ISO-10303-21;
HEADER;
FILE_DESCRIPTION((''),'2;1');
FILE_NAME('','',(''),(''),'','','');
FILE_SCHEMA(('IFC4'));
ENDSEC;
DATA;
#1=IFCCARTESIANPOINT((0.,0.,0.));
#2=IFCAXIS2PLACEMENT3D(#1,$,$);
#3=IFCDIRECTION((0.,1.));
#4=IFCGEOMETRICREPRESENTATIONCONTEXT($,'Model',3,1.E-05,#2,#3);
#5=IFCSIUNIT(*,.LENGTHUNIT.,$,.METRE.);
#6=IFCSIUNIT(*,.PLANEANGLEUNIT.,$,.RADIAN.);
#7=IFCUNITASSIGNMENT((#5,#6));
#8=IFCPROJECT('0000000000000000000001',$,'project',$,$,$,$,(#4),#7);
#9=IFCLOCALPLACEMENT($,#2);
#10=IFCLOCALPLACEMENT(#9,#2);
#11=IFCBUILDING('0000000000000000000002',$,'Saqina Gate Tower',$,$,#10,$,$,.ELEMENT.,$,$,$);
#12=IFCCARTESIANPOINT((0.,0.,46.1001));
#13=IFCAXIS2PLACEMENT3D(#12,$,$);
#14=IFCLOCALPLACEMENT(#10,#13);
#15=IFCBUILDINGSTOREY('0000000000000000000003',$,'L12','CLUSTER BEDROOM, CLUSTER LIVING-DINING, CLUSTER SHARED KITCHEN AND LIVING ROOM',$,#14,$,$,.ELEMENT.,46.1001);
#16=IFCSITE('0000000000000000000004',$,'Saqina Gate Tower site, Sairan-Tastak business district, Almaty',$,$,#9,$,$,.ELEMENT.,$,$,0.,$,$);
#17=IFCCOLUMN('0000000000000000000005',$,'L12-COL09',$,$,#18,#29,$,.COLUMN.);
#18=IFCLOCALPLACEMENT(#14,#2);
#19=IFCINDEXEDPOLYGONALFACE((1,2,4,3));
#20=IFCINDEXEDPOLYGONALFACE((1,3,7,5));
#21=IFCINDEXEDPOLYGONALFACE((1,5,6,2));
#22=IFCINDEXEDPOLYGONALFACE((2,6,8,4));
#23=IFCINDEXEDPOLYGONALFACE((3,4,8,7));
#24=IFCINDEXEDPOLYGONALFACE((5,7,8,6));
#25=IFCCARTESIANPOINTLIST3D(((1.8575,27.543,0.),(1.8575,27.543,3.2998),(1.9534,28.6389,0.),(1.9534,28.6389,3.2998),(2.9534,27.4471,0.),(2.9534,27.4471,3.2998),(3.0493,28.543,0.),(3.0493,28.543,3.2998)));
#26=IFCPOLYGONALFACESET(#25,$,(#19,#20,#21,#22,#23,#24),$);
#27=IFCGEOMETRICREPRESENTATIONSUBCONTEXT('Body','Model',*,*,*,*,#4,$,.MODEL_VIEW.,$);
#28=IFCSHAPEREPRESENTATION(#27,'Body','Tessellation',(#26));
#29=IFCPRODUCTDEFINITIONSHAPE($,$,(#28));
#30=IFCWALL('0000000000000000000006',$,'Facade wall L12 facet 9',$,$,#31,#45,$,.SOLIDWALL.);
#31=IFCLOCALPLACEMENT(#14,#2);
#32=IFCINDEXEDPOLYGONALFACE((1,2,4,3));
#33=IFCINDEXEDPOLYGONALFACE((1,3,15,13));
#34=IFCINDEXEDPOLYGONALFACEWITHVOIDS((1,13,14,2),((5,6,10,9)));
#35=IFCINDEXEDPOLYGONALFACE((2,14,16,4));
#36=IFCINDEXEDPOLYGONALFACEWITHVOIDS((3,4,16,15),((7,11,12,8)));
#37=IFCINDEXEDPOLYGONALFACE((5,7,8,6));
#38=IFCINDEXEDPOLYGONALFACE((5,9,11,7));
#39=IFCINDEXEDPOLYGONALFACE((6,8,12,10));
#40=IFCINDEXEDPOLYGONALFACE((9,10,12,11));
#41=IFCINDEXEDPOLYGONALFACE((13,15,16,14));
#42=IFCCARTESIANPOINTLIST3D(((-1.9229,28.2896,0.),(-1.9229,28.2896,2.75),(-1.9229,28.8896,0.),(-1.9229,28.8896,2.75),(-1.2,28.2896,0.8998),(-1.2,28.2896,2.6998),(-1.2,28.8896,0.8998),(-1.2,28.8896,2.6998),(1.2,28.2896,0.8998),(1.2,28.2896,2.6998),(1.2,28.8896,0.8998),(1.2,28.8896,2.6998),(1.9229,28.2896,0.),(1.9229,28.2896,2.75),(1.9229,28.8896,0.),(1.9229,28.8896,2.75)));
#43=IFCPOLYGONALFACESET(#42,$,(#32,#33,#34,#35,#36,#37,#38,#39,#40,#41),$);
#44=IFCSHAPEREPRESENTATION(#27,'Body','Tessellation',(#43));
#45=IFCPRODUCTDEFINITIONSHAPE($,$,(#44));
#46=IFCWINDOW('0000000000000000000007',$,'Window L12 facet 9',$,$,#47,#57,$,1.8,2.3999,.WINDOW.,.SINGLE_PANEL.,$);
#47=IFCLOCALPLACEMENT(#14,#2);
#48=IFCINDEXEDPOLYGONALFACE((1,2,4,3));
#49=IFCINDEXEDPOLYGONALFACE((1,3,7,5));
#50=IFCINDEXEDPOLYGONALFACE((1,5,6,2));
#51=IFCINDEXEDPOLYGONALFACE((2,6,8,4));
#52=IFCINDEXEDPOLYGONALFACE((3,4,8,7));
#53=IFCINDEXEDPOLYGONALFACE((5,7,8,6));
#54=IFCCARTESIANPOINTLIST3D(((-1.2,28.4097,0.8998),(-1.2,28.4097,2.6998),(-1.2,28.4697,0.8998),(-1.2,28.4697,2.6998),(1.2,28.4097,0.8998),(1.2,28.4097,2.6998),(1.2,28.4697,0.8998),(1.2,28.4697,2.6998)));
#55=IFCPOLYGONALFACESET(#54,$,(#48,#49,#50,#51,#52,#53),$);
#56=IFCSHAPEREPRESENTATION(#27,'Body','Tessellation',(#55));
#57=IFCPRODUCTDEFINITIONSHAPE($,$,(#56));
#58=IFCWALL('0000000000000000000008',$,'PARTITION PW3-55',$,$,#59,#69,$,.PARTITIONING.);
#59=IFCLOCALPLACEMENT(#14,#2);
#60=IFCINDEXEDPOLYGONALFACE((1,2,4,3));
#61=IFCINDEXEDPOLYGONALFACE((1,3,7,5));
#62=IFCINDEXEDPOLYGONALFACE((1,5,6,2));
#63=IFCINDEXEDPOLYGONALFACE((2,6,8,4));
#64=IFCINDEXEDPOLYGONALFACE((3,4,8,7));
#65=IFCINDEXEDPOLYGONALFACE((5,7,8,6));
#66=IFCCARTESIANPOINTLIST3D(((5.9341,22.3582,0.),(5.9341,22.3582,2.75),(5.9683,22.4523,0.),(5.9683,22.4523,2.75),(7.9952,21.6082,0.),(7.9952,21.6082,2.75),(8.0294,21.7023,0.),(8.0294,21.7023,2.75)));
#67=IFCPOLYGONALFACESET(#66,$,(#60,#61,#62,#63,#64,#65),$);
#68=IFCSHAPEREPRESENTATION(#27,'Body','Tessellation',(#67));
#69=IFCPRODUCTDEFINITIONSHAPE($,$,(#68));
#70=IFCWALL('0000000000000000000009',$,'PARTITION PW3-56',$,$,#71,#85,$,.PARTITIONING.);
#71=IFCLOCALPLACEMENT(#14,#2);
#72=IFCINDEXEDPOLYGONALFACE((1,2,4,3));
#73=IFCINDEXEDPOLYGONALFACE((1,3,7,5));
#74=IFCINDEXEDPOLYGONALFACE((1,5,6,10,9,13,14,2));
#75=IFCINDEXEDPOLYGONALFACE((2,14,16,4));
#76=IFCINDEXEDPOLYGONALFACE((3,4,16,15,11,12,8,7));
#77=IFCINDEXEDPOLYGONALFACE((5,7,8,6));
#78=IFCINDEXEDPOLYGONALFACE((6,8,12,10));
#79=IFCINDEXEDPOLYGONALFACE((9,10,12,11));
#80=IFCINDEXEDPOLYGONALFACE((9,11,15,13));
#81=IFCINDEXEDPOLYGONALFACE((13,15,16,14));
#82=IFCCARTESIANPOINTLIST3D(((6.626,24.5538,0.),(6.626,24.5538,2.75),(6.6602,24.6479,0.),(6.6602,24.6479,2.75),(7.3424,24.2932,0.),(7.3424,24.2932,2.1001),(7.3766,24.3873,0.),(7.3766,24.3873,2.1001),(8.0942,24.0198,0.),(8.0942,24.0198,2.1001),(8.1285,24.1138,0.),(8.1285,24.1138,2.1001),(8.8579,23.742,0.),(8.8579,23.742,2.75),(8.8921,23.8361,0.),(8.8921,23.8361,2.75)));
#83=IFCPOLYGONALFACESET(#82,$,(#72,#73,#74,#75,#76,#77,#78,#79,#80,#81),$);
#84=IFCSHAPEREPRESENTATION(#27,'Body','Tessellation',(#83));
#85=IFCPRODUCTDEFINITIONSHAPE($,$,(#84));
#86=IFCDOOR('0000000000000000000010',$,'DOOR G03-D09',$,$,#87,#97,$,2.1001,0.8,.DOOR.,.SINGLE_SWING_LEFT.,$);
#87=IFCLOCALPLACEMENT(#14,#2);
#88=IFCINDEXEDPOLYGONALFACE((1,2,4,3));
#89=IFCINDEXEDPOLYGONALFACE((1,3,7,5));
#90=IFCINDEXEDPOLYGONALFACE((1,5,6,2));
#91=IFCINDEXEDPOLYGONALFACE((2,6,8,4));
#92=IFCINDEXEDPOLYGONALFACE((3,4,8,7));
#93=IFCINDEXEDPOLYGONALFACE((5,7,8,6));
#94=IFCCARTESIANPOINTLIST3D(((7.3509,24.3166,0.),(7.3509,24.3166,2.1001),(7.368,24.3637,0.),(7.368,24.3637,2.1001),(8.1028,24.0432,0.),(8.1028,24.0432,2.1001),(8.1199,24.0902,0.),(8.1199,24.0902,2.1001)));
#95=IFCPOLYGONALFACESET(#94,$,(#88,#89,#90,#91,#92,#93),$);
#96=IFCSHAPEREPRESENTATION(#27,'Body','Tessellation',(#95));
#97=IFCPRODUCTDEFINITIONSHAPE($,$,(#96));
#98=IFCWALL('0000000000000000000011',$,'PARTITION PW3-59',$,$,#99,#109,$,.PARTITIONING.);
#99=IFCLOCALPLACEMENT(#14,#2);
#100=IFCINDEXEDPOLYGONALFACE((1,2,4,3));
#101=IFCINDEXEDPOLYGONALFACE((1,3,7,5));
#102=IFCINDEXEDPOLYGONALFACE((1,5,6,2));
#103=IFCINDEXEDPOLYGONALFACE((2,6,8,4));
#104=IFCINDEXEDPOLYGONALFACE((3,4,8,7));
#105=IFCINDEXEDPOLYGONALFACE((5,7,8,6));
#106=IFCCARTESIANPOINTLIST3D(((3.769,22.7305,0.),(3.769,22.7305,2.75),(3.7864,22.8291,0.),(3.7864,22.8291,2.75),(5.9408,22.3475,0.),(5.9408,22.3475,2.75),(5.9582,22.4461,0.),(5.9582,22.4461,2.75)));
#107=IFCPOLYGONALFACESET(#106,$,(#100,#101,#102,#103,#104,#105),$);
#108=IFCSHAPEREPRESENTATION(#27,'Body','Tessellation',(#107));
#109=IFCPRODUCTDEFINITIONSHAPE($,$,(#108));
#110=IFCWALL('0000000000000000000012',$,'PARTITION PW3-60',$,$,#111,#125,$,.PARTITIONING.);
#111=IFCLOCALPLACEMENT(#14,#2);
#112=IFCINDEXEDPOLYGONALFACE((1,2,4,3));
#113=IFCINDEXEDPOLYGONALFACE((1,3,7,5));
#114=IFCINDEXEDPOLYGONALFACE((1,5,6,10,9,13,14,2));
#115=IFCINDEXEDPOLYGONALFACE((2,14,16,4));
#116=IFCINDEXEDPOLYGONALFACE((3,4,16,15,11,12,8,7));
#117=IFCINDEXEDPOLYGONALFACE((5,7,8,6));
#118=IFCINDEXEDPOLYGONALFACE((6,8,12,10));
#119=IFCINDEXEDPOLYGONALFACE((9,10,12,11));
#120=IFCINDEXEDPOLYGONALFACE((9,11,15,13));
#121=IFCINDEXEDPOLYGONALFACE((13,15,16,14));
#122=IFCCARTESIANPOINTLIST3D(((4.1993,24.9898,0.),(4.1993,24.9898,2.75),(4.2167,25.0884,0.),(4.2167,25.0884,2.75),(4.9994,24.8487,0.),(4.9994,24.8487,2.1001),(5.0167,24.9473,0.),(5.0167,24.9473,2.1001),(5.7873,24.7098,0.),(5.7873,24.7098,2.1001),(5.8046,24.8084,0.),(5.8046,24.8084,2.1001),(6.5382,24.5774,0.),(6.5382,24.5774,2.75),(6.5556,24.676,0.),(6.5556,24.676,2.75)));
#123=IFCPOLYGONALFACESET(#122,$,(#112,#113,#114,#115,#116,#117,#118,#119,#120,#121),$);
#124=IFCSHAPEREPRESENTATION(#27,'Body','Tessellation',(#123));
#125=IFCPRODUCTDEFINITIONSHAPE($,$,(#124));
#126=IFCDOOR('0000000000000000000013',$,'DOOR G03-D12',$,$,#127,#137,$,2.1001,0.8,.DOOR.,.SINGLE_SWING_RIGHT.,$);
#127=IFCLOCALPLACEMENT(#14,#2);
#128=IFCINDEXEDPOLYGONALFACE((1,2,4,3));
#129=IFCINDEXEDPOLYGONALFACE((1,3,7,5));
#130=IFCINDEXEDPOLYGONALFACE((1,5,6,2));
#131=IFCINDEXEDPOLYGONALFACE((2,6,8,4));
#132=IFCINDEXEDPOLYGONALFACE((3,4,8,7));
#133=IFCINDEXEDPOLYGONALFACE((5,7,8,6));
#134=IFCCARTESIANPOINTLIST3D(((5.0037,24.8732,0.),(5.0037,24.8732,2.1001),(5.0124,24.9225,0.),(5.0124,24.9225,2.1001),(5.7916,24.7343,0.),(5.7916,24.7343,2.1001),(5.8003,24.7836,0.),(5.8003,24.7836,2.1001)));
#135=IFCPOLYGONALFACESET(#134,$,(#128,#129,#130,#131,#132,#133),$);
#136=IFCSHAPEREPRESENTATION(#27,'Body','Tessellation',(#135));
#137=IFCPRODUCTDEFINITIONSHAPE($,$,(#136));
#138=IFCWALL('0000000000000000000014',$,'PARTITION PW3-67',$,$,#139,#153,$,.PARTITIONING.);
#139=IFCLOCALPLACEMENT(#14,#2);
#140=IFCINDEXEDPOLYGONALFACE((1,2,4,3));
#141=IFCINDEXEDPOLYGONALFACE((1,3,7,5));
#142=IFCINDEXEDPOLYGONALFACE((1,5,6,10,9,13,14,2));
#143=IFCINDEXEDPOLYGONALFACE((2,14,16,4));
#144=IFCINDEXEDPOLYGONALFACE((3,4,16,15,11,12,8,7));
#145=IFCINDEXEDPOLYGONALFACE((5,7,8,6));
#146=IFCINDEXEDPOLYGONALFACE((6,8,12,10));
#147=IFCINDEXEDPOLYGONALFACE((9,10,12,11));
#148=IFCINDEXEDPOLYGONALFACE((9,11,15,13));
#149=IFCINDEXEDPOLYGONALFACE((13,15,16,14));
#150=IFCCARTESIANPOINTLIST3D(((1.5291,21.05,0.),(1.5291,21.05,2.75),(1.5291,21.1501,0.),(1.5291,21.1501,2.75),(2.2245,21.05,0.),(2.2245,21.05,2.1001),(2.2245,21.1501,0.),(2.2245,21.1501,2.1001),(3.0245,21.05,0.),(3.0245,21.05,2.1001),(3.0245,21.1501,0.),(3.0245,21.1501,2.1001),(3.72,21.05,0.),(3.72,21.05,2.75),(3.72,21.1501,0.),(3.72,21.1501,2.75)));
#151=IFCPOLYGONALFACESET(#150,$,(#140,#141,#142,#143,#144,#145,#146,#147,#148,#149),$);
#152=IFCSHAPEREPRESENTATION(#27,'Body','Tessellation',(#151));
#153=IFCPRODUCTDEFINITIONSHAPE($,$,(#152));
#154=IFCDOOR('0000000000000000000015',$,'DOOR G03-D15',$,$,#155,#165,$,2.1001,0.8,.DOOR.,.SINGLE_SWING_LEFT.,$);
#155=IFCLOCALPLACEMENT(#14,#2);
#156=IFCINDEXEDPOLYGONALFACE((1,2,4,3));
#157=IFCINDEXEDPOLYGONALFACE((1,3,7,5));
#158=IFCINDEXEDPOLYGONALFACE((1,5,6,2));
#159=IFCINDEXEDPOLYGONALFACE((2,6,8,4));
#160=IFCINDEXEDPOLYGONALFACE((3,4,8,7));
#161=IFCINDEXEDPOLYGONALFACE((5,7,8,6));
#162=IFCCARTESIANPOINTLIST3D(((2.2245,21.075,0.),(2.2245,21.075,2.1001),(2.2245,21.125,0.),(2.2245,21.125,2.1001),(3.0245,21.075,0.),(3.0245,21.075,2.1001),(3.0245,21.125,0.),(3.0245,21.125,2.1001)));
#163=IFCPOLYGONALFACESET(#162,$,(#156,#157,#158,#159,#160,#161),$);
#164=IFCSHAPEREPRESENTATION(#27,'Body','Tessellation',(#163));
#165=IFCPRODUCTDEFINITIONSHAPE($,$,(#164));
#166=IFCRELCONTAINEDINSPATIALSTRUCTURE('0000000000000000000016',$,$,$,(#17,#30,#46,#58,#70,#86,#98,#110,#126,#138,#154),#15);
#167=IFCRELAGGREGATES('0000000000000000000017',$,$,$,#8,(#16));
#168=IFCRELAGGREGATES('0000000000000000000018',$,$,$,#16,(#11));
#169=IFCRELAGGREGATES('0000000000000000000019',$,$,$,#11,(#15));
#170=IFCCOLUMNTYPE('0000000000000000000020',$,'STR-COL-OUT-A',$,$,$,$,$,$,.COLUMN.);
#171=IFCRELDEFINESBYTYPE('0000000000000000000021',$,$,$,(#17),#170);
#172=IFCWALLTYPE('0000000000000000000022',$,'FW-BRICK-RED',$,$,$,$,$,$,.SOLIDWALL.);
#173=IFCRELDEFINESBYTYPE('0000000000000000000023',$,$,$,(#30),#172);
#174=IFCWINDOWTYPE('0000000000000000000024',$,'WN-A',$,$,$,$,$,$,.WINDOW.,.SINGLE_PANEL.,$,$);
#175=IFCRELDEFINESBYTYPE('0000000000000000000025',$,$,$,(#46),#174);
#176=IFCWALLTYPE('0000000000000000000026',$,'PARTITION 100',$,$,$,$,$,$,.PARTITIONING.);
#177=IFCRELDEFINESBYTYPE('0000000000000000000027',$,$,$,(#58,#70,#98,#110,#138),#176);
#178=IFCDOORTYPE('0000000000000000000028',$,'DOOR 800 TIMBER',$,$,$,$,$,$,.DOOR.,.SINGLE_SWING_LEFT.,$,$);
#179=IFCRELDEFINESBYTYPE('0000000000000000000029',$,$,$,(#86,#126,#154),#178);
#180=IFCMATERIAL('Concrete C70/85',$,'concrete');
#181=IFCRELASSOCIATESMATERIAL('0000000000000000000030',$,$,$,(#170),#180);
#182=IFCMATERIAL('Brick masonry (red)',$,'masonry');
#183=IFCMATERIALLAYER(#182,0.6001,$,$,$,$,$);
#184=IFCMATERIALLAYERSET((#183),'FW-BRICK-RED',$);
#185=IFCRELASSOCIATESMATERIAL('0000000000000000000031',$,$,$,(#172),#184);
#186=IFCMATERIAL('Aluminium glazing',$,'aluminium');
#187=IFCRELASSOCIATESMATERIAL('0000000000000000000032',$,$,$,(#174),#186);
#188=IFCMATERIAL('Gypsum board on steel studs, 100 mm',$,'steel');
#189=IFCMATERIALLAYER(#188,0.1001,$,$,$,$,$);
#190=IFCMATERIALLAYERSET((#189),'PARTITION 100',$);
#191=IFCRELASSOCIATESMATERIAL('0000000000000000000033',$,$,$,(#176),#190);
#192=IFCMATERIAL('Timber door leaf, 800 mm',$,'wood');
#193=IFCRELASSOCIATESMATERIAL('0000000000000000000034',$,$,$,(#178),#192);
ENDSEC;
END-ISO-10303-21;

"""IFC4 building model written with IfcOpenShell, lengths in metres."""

from ifc_helpers import new_model, si_unit, direction, frame, frame_2d, origin, origin_2d, place, context, subcontext, project, spatial, rectangle, extrude, material, layer, layer_set, material_profile, profile_set, type_object, element, fill, save


model = new_model("IFC4")

# Units and contexts
model_context = context("Model", 3, precision=1e-05, world=origin(), true_north=direction((0.0, 1.0)))
body_context = subcontext(model_context, "Body", "Model", "MODEL_VIEW")
ifc_project = project(units=[si_unit("LENGTHUNIT", "METRE"), si_unit("PLANEANGLEUNIT", "RADIAN")], contexts=[model_context])

# Site, building, storey
site_placement = place(None, origin())
site = spatial("IfcSite", under=ifc_project, at=site_placement, Name="Saqina Gate Tower site, Sairan-Tastak business district, Almaty", CompositionType="ELEMENT", RefElevation=0.0)
building_placement = place(site_placement, origin())
building = spatial("IfcBuilding", under=site, at=building_placement, Name="Saqina Gate Tower", CompositionType="ELEMENT")
storey_placement = place(building_placement, frame((0.0, 0.0, 46.1001)))
storey = spatial("IfcBuildingStorey", under=building, at=storey_placement, Name="L12", Description="CLUSTER BEDROOM, CLUSTER LIVING-DINING, CLUSTER SHARED KITCHEN AND LIVING ROOM", CompositionType="ELEMENT", Elevation=46.1001)

# Column
ifc_material_1 = material(Name="Concrete C70/85", Category="concrete")
ifc_material_profile = material_profile(ifc_material_1, rectangle(XDim=1.1001, YDim=1.1001, at=origin_2d()), Name="RC 1100x1100")
ifc_profile_set = profile_set([ifc_material_profile], Name="Concrete C70/85")
column_type = type_object("IfcColumnType", Name="STR-COL-OUT-A", PredefinedType="COLUMN", material=ifc_profile_set)
column_placement = place(storey_placement, frame((2.4534, 28.043, 0.0), z_axis=(0.0, 0.0, 1.0), x_axis=(0.087156, 0.996195, 0.0)))
element("IfcColumn", 1, at=column_placement, inside=storey, type_object=column_type, Name="L12-COL09", PredefinedType="COLUMN", context=body_context, shape_type="SweptSolid", body=[
    extrude(rectangle(XDim=1.1001, YDim=1.1001, at=origin_2d()), origin(), (0.0, 0.0, 1.0), 3.2998),
])

# Wall, opening, window
ifc_material_2 = material(Name="Brick masonry (red)", Category="masonry")
ifc_layer_1 = layer(ifc_material_2, 0.6001)
ifc_layer_set_1 = layer_set([ifc_layer_1], Name="FW-BRICK-RED")
wall_type_1 = type_object("IfcWallType", Name="FW-BRICK-RED", PredefinedType="SOLIDWALL", material=ifc_layer_set_1)
wall_1_placement = place(storey_placement, frame((1.9229, 28.5896, 0.0), z_axis=(0.0, 0.0, 1.0), x_axis=(-1.0, 0.0, 0.0)))
wall_1 = element("IfcWall", 2, at=wall_1_placement, inside=storey, type_object=wall_type_1, Name="Facade wall L12 facet 9", PredefinedType="SOLIDWALL", context=body_context, shape_type="SweptSolid", body=[
    extrude(rectangle(XDim=3.8457, YDim=0.6001, at=frame_2d((1.9229, 0.0))), origin(), (0.0, 0.0, 1.0), 2.75),
])
opening_1_placement = place(wall_1_placement, frame((0.7229, 0.0, 0.8999)))
opening_1 = element("IfcOpeningElement", 3, at=opening_1_placement, cuts=wall_1, PredefinedType="OPENING", context=body_context, shape_type="SweptSolid", body=[
    extrude(rectangle(XDim=2.3999, YDim=1.8, at=frame_2d((1.2, 0.8999))), frame((0.0, 0.312, 0.0), z_axis=(0.0, -1.0, 0.0), x_axis=(1.0, 0.0, 0.0)), (0.0, 0.0, 1.0), 0.624),
])
ifc_material_3 = material(Name="Aluminium glazing", Category="aluminium")
window_type = type_object("IfcWindowType", Name="WN-A", PartitioningType="SINGLE_PANEL", PredefinedType="WINDOW", material=ifc_material_3)
window_placement = place(opening_1_placement, origin())
window = element("IfcWindow", 4, at=window_placement, inside=storey, type_object=window_type, Name="Window L12 facet 9", OverallHeight=1.8, OverallWidth=2.3999, PartitioningType="SINGLE_PANEL", PredefinedType="WINDOW", context=body_context, shape_type="SweptSolid", body=[
    extrude(rectangle(XDim=2.3999, YDim=1.8, at=frame_2d((1.2, 0.8999))), frame((0.0, 0.1799, 0.0), z_axis=(0.0, -1.0, 0.0), x_axis=(1.0, 0.0, 0.0)), (0.0, 0.0, 1.0), 0.0601),
])
fill(opening_1, window)

# Wall
ifc_material_4 = material(Name="Gypsum board on steel studs, 100 mm", Category="steel")
ifc_layer_2 = layer(ifc_material_4, 0.1001)
ifc_layer_set_2 = layer_set([ifc_layer_2], Name="PARTITION 100")
wall_type_2 = type_object("IfcWallType", Name="PARTITION 100", PredefinedType="PARTITIONING", material=ifc_layer_set_2)
wall_2_placement = place(storey_placement, frame((5.9512, 22.4053, 0.0), z_axis=(0.0, 0.0, 1.0), x_axis=(0.939715, -0.341958, 0.0)))
element("IfcWall", 5, at=wall_2_placement, inside=storey, type_object=wall_type_2, Name="PARTITION PW3-55", PredefinedType="PARTITIONING", context=body_context, shape_type="SweptSolid", body=[
    extrude(rectangle(XDim=2.1934, YDim=0.1001, at=frame_2d((1.0967, 0.0))), origin(), (0.0, 0.0, 1.0), 2.75),
])

# Wall, opening, door
wall_3_placement = place(storey_placement, frame((6.6431, 24.6008, 0.0), z_axis=(0.0, 0.0, 1.0), x_axis=(0.939772, -0.341801, 0.0)))
wall_3 = element("IfcWall", 6, at=wall_3_placement, inside=storey, type_object=wall_type_2, Name="PARTITION PW3-56", PredefinedType="PARTITIONING", context=body_context, shape_type="SweptSolid", body=[
    extrude(rectangle(XDim=2.375, YDim=0.1001, at=frame_2d((1.1875, 0.0))), origin(), (0.0, 0.0, 1.0), 2.75),
])
opening_2_placement = place(wall_3_placement, frame((0.7625, 0.0, 0.0)))
opening_2 = element("IfcOpeningElement", 7, at=opening_2_placement, cuts=wall_3, PredefinedType="OPENING", context=body_context, shape_type="SweptSolid", body=[
    extrude(rectangle(XDim=0.8, YDim=2.1001, at=frame_2d((0.3999, 1.05))), frame((0.0, 0.062, 0.0), z_axis=(0.0, -1.0, 0.0), x_axis=(1.0, 0.0, 0.0)), (0.0, 0.0, 1.0), 0.124),
])
ifc_material_5 = material(Name="Timber door leaf, 800 mm", Category="wood")
door_type_1 = type_object("IfcDoorType", Name="DOOR 800 TIMBER", OperationType="SINGLE_SWING_LEFT", PredefinedType="DOOR", material=ifc_material_5)
door_1_placement = place(opening_2_placement, origin())
door_1 = element("IfcDoor", 8, at=door_1_placement, inside=storey, type_object=door_type_1, Name="DOOR G03-D09", OperationType="SINGLE_SWING_LEFT", OverallHeight=2.1001, OverallWidth=0.8, PredefinedType="DOOR", context=body_context, shape_type="SweptSolid", body=[
    extrude(rectangle(XDim=0.8, YDim=2.1001, at=frame_2d((0.3999, 1.05))), frame((0.0, 0.0249, 0.0), z_axis=(0.0, -1.0, 0.0), x_axis=(1.0, 0.0, 0.0)), (0.0, 0.0, 1.0), 0.05),
])
fill(opening_2, door_1)

# Wall
wall_4_placement = place(storey_placement, frame((3.7778, 22.7798, 0.0), z_axis=(0.0, 0.0, 1.0), x_axis=(0.9848, -0.173691, 0.0)))
element("IfcWall", 9, at=wall_4_placement, inside=storey, type_object=wall_type_2, Name="PARTITION PW3-59", PredefinedType="PARTITIONING", context=body_context, shape_type="SweptSolid", body=[
    extrude(rectangle(XDim=2.2053, YDim=0.1001, at=frame_2d((1.1025, 0.0))), origin(), (0.0, 0.0, 1.0), 2.75),
])

# Walls, openings, doors
wall_5_placement = place(storey_placement, frame((4.208, 25.0391, 0.0), z_axis=(0.0, 0.0, 1.0), x_axis=(0.984811, -0.173627, 0.0)))
wall_5 = element("IfcWall", 10, at=wall_5_placement, inside=storey, type_object=wall_type_2, Name="PARTITION PW3-60", PredefinedType="PARTITIONING", context=body_context, shape_type="SweptSolid", body=[
    extrude(rectangle(XDim=2.375, YDim=0.1001, at=frame_2d((1.1875, 0.0))), origin(), (0.0, 0.0, 1.0), 2.75),
])
opening_3_placement = place(wall_5_placement, frame((0.8125, 0.0, 0.0)))
opening_3 = element("IfcOpeningElement", 11, at=opening_3_placement, cuts=wall_5, PredefinedType="OPENING", context=body_context, shape_type="SweptSolid", body=[
    extrude(rectangle(XDim=0.8, YDim=2.1001, at=frame_2d((0.3999, 1.05))), frame((0.0, 0.062, 0.0), z_axis=(0.0, -1.0, 0.0), x_axis=(1.0, 0.0, 0.0)), (0.0, 0.0, 1.0), 0.124),
])
door_2_placement = place(opening_3_placement, origin())
door_2 = element("IfcDoor", 12, at=door_2_placement, inside=storey, type_object=door_type_1, Name="DOOR G03-D12", OperationType="SINGLE_SWING_RIGHT", OverallHeight=2.1001, OverallWidth=0.8, PredefinedType="DOOR", context=body_context, shape_type="SweptSolid", body=[
    extrude(rectangle(XDim=0.8, YDim=2.1001, at=frame_2d((0.3999, 1.05))), frame((0.0, 0.0249, 0.0), z_axis=(0.0, -1.0, 0.0), x_axis=(1.0, 0.0, 0.0)), (0.0, 0.0, 1.0), 0.05),
])
fill(opening_3, door_2)
wall_6_placement = place(storey_placement, frame((1.5291, 21.1001, 0.0), z_axis=(0.0, 0.0, 1.0), x_axis=(1.0, 0.0, 0.0)))
wall_6 = element("IfcWall", 13, at=wall_6_placement, inside=storey, type_object=wall_type_2, Name="PARTITION PW3-67", PredefinedType="PARTITIONING", context=body_context, shape_type="SweptSolid", body=[
    extrude(rectangle(XDim=2.1909, YDim=0.1001, at=frame_2d((1.0955, 0.0))), origin(), (0.0, 0.0, 1.0), 2.75),
])
opening_4_placement = place(wall_6_placement, frame((0.6956, 0.0, 0.0)))
opening_4 = element("IfcOpeningElement", 14, at=opening_4_placement, cuts=wall_6, PredefinedType="OPENING", context=body_context, shape_type="SweptSolid", body=[
    extrude(rectangle(XDim=0.8, YDim=2.1001, at=frame_2d((0.3999, 1.05))), frame((0.0, 0.062, 0.0), z_axis=(0.0, -1.0, 0.0), x_axis=(1.0, 0.0, 0.0)), (0.0, 0.0, 1.0), 0.124),
])
door_3_placement = place(opening_4_placement, origin())
door_3 = element("IfcDoor", 15, at=door_3_placement, inside=storey, type_object=door_type_1, Name="DOOR G03-D15", OperationType="SINGLE_SWING_LEFT", OverallHeight=2.1001, OverallWidth=0.8, PredefinedType="DOOR", context=body_context, shape_type="SweptSolid", body=[
    extrude(rectangle(XDim=0.8, YDim=2.1001, at=frame_2d((0.3999, 1.05))), frame((0.0, 0.0249, 0.0), z_axis=(0.0, -1.0, 0.0), x_axis=(1.0, 0.0, 0.0)), (0.0, 0.0, 1.0), 0.05),
])
fill(opening_4, door_3)

save(model, "model.ifc")
